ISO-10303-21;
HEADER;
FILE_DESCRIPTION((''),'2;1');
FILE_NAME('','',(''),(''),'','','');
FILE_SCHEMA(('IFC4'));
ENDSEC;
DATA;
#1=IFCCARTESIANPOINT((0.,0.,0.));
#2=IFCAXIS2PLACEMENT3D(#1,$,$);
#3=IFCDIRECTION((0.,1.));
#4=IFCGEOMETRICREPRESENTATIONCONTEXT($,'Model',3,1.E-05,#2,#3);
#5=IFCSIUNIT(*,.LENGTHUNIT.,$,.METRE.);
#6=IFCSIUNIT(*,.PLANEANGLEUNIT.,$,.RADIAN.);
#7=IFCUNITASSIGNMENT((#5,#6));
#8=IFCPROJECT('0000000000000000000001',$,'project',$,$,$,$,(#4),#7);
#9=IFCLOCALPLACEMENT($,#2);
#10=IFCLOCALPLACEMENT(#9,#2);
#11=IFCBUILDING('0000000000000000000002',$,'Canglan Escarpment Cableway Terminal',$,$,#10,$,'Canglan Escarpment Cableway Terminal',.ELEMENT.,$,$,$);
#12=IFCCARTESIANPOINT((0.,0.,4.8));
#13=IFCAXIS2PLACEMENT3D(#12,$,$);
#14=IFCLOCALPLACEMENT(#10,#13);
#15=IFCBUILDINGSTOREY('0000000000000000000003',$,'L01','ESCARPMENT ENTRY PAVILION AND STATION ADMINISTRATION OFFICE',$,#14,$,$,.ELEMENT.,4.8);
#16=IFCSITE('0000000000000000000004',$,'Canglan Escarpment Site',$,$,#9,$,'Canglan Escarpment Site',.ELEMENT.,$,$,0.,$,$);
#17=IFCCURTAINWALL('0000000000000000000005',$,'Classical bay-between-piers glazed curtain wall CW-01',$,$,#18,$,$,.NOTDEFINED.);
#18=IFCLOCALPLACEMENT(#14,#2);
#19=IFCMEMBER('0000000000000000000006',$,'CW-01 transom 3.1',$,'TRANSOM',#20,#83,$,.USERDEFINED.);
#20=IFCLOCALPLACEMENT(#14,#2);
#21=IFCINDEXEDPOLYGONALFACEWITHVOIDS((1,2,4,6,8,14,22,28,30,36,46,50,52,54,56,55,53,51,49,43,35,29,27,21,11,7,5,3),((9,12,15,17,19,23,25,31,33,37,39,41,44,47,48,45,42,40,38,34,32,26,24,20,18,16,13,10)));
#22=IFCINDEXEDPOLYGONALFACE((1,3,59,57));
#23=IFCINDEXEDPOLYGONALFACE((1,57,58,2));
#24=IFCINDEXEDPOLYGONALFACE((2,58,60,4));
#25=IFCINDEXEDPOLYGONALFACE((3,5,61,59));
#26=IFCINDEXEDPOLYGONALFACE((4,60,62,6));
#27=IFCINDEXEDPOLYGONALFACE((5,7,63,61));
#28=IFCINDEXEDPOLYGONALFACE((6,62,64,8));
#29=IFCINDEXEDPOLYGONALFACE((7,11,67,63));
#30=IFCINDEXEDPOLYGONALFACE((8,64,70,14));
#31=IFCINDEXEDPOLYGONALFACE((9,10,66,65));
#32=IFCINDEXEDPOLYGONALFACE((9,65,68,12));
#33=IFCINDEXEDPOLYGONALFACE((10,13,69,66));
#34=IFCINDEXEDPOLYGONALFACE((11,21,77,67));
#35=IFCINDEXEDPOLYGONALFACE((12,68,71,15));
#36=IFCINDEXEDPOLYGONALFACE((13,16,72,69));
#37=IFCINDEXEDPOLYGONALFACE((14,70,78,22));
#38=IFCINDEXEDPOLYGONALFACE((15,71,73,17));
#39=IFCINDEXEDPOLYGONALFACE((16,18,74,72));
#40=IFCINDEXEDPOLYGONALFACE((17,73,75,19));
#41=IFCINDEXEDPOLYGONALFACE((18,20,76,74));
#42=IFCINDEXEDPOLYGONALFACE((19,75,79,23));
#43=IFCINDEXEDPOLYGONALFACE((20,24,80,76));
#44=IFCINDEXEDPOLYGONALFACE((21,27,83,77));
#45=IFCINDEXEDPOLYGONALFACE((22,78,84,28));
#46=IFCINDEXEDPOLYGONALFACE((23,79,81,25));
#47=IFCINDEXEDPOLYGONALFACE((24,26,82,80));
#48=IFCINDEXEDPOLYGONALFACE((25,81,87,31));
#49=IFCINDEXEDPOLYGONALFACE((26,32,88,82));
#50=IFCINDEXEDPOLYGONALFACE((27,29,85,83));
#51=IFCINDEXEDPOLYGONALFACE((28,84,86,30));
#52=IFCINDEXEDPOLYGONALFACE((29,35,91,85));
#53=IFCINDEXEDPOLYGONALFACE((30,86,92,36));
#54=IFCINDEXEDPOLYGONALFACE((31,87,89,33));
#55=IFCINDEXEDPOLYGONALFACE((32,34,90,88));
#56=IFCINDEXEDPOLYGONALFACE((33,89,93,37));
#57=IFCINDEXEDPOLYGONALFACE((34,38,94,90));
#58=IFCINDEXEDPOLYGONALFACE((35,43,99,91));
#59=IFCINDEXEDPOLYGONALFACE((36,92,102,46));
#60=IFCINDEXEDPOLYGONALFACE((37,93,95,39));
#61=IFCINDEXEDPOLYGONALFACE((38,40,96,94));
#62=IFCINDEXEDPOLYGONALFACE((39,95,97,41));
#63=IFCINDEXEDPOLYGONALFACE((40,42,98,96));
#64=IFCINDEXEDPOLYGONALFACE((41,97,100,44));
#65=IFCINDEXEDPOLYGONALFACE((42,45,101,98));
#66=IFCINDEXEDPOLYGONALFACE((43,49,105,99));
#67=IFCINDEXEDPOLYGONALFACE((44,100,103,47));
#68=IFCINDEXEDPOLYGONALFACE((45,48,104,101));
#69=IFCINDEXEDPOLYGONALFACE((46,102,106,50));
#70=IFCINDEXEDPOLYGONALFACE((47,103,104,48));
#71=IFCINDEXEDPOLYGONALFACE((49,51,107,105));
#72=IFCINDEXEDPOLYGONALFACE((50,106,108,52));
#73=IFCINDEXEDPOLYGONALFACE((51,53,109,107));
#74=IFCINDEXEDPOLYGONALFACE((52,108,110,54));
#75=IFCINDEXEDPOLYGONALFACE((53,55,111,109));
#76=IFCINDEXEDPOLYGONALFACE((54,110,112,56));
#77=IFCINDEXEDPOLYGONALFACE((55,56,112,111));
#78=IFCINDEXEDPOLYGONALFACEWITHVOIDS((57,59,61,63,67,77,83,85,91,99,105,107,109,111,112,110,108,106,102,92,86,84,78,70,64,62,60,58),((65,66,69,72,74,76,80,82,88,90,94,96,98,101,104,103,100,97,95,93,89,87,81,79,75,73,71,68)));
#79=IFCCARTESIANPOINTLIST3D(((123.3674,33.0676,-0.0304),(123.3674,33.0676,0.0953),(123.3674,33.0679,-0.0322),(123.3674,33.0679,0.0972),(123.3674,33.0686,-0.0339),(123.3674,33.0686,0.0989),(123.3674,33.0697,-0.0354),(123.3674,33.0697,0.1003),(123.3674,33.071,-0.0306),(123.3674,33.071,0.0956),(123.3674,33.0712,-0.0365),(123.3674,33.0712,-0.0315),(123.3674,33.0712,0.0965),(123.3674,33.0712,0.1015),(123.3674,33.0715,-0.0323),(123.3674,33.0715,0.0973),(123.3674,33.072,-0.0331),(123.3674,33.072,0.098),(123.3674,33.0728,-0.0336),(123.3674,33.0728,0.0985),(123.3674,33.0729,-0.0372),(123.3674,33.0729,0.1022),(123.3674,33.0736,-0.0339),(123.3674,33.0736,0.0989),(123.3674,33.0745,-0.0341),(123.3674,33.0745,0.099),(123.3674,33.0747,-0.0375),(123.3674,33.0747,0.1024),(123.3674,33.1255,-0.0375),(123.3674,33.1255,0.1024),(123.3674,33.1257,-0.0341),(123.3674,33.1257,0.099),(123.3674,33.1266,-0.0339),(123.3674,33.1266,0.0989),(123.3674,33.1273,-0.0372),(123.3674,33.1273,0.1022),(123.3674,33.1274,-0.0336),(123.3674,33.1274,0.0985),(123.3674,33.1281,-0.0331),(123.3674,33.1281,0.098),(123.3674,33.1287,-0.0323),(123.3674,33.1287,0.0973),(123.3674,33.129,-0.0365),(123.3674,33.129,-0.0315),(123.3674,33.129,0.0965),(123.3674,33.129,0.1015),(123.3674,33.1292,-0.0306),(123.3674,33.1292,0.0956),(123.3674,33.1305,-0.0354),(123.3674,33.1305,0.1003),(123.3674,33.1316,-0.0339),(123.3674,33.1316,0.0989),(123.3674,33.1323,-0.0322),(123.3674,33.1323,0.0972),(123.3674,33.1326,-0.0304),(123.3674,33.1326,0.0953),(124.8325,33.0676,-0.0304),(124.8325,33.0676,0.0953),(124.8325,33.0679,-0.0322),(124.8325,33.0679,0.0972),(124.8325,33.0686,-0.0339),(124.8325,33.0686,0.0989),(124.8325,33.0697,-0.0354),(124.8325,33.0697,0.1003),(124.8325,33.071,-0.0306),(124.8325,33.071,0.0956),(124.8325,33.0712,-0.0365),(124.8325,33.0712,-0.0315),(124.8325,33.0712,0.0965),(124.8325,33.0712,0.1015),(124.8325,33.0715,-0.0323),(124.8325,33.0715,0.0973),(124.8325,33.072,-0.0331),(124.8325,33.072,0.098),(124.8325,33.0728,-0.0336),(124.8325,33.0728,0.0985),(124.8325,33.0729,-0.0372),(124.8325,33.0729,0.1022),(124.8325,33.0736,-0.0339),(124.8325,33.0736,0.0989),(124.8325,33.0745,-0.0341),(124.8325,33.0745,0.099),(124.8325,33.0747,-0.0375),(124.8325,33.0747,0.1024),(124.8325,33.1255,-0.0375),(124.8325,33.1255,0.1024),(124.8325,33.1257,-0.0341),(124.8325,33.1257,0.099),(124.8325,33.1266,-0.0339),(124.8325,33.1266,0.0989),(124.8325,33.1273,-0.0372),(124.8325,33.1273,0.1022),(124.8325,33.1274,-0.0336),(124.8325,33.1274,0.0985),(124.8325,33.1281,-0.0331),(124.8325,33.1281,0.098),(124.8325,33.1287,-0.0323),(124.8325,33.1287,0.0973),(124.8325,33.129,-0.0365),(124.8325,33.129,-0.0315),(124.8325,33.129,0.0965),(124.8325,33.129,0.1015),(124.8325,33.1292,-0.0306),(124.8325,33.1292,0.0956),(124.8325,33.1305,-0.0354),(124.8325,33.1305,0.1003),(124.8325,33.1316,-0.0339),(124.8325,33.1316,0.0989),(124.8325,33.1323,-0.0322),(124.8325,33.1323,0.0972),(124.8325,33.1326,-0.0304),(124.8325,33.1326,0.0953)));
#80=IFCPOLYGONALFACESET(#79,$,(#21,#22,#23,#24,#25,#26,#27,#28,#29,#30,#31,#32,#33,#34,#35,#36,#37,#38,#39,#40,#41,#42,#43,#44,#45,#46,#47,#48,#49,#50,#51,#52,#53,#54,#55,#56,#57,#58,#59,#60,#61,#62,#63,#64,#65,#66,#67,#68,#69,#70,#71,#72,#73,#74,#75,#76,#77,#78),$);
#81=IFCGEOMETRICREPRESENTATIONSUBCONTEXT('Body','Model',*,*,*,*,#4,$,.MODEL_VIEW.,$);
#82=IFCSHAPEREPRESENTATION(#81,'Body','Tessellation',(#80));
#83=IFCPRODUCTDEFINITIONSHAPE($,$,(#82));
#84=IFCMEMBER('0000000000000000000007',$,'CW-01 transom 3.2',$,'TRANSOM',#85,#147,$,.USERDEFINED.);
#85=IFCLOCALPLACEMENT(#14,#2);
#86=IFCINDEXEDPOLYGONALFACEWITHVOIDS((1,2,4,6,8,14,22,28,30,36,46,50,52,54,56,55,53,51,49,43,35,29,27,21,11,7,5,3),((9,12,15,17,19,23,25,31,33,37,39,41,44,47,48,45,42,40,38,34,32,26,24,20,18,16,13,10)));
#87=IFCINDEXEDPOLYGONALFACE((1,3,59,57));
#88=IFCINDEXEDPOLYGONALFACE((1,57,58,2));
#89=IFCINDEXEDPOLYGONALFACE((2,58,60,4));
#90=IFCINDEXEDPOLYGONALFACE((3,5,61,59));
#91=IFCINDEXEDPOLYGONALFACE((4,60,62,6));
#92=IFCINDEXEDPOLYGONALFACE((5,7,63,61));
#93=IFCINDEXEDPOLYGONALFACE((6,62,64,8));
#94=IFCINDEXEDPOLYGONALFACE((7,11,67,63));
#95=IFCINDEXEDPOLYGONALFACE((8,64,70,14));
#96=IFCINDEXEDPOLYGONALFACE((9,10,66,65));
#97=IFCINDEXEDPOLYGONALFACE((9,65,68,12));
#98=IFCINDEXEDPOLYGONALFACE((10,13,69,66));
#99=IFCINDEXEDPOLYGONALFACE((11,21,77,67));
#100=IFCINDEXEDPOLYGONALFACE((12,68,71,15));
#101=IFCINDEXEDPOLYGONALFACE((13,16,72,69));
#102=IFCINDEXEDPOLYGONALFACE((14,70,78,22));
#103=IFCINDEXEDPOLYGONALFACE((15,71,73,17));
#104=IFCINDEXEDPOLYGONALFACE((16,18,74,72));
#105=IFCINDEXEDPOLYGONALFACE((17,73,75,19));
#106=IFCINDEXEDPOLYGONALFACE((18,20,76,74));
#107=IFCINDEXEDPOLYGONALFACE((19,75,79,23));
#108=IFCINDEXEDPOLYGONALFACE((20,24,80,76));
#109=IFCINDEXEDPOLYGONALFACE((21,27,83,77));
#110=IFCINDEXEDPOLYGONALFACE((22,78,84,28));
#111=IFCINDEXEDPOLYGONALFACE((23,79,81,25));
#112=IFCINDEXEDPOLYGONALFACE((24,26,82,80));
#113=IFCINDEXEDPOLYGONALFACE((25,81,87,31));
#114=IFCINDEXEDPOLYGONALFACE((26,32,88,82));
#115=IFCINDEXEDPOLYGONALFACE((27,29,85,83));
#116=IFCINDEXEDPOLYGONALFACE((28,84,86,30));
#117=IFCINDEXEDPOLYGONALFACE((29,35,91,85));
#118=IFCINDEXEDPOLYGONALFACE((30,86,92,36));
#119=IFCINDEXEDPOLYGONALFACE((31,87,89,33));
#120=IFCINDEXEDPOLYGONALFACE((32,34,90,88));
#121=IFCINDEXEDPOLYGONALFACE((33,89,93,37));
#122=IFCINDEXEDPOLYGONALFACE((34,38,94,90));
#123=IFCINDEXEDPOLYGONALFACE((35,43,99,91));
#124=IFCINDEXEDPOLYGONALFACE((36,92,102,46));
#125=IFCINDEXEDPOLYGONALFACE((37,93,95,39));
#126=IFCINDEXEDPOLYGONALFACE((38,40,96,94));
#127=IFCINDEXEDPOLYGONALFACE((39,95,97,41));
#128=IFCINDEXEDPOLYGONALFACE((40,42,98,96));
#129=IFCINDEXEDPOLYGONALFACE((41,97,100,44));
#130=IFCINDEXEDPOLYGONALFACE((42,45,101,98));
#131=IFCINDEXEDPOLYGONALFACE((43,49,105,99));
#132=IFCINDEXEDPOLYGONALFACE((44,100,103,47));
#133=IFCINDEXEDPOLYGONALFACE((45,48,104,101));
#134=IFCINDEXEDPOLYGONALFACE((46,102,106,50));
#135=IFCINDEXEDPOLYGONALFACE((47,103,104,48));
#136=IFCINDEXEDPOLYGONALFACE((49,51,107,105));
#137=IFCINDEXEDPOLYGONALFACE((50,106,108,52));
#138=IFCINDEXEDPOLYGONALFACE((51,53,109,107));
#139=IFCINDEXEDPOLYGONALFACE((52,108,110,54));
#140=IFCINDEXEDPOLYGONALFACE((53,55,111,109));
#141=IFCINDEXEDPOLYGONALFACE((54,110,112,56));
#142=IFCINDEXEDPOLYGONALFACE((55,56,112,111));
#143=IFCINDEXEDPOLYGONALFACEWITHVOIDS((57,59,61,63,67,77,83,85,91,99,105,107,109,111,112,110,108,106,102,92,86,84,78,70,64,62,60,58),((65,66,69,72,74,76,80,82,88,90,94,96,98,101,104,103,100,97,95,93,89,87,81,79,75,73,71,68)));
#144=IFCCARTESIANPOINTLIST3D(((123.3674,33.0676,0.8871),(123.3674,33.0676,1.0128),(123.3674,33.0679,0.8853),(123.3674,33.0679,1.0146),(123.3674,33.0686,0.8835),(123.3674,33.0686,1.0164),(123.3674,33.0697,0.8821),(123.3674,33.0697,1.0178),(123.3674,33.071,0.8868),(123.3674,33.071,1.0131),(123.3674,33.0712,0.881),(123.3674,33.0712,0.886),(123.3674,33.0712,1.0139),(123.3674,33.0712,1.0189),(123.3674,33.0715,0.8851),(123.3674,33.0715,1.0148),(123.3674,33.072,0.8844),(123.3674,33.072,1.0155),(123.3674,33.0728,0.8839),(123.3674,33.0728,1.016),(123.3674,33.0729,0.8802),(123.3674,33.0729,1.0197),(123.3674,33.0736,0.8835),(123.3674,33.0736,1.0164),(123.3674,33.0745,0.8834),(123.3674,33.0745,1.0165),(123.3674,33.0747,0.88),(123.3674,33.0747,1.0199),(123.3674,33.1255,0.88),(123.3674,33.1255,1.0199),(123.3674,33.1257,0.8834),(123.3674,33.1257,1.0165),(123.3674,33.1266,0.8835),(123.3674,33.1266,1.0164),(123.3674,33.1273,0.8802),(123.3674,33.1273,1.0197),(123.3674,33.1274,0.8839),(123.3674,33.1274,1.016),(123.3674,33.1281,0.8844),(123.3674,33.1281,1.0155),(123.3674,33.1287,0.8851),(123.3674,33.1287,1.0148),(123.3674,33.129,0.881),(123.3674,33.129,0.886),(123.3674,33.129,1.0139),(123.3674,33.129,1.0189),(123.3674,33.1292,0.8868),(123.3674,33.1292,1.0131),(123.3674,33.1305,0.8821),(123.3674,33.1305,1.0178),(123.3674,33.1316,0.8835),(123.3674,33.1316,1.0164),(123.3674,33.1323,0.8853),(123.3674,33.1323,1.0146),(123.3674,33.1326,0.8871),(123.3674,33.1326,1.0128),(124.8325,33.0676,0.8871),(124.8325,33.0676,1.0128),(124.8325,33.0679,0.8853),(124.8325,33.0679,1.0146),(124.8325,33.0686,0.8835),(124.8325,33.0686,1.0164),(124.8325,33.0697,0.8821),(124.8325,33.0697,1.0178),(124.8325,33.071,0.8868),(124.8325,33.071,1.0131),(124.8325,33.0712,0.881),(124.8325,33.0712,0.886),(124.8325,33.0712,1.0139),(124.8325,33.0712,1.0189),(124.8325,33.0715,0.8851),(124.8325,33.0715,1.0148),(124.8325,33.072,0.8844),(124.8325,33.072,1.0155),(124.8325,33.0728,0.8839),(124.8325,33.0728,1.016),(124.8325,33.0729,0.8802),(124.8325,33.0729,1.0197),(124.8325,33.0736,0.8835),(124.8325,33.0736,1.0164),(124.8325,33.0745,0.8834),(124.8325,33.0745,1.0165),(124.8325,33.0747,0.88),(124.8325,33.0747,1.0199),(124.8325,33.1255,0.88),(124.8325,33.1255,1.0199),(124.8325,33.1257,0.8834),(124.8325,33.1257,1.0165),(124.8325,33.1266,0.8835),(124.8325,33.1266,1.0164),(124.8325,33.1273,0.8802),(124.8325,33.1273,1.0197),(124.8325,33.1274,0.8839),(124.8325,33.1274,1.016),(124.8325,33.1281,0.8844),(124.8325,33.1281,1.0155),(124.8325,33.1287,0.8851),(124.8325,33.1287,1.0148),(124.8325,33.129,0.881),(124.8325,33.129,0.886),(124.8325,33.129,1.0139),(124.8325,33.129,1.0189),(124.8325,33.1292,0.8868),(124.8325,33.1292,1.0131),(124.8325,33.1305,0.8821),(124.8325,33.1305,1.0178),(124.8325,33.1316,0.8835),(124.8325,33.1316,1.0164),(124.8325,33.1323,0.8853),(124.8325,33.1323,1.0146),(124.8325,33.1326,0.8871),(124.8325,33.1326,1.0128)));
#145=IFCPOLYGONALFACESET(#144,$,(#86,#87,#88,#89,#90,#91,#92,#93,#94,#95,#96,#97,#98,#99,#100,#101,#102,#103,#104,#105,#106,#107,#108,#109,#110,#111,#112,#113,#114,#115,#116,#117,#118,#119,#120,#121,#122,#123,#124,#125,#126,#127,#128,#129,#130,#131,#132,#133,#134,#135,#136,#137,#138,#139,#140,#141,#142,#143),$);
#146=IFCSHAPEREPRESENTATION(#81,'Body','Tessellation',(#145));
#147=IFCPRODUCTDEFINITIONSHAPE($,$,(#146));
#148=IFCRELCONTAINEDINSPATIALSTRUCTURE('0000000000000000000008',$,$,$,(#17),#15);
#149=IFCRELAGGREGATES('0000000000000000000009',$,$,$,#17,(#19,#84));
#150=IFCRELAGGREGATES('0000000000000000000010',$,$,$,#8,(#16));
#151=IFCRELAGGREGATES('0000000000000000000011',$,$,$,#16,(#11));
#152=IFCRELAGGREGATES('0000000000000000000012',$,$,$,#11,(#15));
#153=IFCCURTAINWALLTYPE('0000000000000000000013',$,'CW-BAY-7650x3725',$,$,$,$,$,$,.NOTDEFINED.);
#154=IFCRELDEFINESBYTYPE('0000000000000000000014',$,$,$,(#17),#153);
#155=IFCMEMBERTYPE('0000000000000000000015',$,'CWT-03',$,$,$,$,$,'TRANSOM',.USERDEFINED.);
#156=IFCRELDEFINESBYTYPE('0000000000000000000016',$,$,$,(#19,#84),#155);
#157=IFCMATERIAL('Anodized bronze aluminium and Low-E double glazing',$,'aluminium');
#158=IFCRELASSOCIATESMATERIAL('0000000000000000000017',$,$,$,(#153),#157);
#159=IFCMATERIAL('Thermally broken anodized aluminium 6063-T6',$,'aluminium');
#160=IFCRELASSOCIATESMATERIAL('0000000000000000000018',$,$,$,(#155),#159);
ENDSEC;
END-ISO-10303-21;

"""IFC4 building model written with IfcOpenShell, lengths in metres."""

from ifc_helpers import new_model, si_unit, direction, frame, origin, origin_2d, place, context, subcontext, project, spatial, hollow_rectangle, extrude, material, material_profile, profile_set, type_object, element, aggregate, save


model = new_model("IFC4")

# Units and contexts
model_context = context("Model", 3, precision=1e-05, world=origin(), true_north=direction((0.0, 1.0)))
body_context = subcontext(model_context, "Body", "Model", "MODEL_VIEW")
ifc_project = project(units=[si_unit("LENGTHUNIT", "METRE"), si_unit("PLANEANGLEUNIT", "RADIAN")], contexts=[model_context])

# Site, building, storey
site_placement = place(None, origin())
site = spatial("IfcSite", under=ifc_project, at=site_placement, Name="Canglan Escarpment Site", LongName="Canglan Escarpment Site", CompositionType="ELEMENT", RefElevation=0.0)
building_placement = place(site_placement, origin())
building = spatial("IfcBuilding", under=site, at=building_placement, Name="Canglan Escarpment Cableway Terminal", LongName="Canglan Escarpment Cableway Terminal", CompositionType="ELEMENT")
storey_placement = place(building_placement, frame((0.0, 0.0, 4.8)))
storey = spatial("IfcBuildingStorey", under=building, at=storey_placement, Name="L01", Description="ESCARPMENT ENTRY PAVILION AND STATION ADMINISTRATION OFFICE", CompositionType="ELEMENT", Elevation=4.8)

# Curtain wall, members
ifc_material_1 = material(Name="Anodized bronze aluminium and Low-E double glazing", Category="aluminium")
curtain_wall_type = type_object("IfcCurtainWallType", Name="CW-BAY-7650x3725", PredefinedType="NOTDEFINED", material=ifc_material_1)
curtain_wall_placement = place(storey_placement, origin())
curtain_wall = element("IfcCurtainWall", 1, at=curtain_wall_placement, inside=storey, type_object=curtain_wall_type, Name="Classical bay-between-piers glazed curtain wall CW-01", PredefinedType="NOTDEFINED")
ifc_material_2 = material(Name="Thermally broken anodized aluminium 6063-T6", Category="aluminium")
ifc_material_profile_1 = material_profile(ifc_material_2, hollow_rectangle(XDim=0.0649, YDim=0.1399, WallThickness=0.0034, InnerFilletRadius=0.0034, OuterFilletRadius=0.0071, at=origin_2d()), Name="ALU-TRAN 65x140x3.5")
ifc_profile_set_1 = profile_set([ifc_material_profile_1], Name="Thermally broken anodized aluminium 6063-T6")
member_type_1 = type_object("IfcMemberType", Name="CWT-03", ElementType="TRANSOM", PredefinedType="USERDEFINED", material=ifc_profile_set_1)
member_1_placement = place(storey_placement, frame((124.8325, 33.1001, 0.0325), z_axis=(-1.0, 0.0, 0.0), x_axis=(0.0, -1.0, 0.0)))
member_1 = element("IfcMember", 2, at=member_1_placement, type_object=member_type_1, Name="CW-01 transom 3.1", ObjectType="TRANSOM", PredefinedType="USERDEFINED", context=body_context, shape_type="SweptSolid", body=[
    extrude(hollow_rectangle(XDim=0.0649, YDim=0.1399, WallThickness=0.0034, InnerFilletRadius=0.0034, OuterFilletRadius=0.0071, at=origin_2d()), origin(), (0.0, 0.0, 1.0), 1.4651),
])
member_2_placement = place(storey_placement, frame((124.8325, 33.1001, 0.95), z_axis=(-1.0, 0.0, 0.0), x_axis=(0.0, -1.0, 0.0)))
member_2 = element("IfcMember", 3, at=member_2_placement, type_object=member_type_1, Name="CW-01 transom 3.2", ObjectType="TRANSOM", PredefinedType="USERDEFINED", context=body_context, shape_type="SweptSolid", body=[
    extrude(hollow_rectangle(XDim=0.0649, YDim=0.1399, WallThickness=0.0034, InnerFilletRadius=0.0034, OuterFilletRadius=0.0071, at=origin_2d()), origin(), (0.0, 0.0, 1.0), 1.4651),
])
aggregate(curtain_wall, [member_1, member_2])

save(model, "model.ifc")
